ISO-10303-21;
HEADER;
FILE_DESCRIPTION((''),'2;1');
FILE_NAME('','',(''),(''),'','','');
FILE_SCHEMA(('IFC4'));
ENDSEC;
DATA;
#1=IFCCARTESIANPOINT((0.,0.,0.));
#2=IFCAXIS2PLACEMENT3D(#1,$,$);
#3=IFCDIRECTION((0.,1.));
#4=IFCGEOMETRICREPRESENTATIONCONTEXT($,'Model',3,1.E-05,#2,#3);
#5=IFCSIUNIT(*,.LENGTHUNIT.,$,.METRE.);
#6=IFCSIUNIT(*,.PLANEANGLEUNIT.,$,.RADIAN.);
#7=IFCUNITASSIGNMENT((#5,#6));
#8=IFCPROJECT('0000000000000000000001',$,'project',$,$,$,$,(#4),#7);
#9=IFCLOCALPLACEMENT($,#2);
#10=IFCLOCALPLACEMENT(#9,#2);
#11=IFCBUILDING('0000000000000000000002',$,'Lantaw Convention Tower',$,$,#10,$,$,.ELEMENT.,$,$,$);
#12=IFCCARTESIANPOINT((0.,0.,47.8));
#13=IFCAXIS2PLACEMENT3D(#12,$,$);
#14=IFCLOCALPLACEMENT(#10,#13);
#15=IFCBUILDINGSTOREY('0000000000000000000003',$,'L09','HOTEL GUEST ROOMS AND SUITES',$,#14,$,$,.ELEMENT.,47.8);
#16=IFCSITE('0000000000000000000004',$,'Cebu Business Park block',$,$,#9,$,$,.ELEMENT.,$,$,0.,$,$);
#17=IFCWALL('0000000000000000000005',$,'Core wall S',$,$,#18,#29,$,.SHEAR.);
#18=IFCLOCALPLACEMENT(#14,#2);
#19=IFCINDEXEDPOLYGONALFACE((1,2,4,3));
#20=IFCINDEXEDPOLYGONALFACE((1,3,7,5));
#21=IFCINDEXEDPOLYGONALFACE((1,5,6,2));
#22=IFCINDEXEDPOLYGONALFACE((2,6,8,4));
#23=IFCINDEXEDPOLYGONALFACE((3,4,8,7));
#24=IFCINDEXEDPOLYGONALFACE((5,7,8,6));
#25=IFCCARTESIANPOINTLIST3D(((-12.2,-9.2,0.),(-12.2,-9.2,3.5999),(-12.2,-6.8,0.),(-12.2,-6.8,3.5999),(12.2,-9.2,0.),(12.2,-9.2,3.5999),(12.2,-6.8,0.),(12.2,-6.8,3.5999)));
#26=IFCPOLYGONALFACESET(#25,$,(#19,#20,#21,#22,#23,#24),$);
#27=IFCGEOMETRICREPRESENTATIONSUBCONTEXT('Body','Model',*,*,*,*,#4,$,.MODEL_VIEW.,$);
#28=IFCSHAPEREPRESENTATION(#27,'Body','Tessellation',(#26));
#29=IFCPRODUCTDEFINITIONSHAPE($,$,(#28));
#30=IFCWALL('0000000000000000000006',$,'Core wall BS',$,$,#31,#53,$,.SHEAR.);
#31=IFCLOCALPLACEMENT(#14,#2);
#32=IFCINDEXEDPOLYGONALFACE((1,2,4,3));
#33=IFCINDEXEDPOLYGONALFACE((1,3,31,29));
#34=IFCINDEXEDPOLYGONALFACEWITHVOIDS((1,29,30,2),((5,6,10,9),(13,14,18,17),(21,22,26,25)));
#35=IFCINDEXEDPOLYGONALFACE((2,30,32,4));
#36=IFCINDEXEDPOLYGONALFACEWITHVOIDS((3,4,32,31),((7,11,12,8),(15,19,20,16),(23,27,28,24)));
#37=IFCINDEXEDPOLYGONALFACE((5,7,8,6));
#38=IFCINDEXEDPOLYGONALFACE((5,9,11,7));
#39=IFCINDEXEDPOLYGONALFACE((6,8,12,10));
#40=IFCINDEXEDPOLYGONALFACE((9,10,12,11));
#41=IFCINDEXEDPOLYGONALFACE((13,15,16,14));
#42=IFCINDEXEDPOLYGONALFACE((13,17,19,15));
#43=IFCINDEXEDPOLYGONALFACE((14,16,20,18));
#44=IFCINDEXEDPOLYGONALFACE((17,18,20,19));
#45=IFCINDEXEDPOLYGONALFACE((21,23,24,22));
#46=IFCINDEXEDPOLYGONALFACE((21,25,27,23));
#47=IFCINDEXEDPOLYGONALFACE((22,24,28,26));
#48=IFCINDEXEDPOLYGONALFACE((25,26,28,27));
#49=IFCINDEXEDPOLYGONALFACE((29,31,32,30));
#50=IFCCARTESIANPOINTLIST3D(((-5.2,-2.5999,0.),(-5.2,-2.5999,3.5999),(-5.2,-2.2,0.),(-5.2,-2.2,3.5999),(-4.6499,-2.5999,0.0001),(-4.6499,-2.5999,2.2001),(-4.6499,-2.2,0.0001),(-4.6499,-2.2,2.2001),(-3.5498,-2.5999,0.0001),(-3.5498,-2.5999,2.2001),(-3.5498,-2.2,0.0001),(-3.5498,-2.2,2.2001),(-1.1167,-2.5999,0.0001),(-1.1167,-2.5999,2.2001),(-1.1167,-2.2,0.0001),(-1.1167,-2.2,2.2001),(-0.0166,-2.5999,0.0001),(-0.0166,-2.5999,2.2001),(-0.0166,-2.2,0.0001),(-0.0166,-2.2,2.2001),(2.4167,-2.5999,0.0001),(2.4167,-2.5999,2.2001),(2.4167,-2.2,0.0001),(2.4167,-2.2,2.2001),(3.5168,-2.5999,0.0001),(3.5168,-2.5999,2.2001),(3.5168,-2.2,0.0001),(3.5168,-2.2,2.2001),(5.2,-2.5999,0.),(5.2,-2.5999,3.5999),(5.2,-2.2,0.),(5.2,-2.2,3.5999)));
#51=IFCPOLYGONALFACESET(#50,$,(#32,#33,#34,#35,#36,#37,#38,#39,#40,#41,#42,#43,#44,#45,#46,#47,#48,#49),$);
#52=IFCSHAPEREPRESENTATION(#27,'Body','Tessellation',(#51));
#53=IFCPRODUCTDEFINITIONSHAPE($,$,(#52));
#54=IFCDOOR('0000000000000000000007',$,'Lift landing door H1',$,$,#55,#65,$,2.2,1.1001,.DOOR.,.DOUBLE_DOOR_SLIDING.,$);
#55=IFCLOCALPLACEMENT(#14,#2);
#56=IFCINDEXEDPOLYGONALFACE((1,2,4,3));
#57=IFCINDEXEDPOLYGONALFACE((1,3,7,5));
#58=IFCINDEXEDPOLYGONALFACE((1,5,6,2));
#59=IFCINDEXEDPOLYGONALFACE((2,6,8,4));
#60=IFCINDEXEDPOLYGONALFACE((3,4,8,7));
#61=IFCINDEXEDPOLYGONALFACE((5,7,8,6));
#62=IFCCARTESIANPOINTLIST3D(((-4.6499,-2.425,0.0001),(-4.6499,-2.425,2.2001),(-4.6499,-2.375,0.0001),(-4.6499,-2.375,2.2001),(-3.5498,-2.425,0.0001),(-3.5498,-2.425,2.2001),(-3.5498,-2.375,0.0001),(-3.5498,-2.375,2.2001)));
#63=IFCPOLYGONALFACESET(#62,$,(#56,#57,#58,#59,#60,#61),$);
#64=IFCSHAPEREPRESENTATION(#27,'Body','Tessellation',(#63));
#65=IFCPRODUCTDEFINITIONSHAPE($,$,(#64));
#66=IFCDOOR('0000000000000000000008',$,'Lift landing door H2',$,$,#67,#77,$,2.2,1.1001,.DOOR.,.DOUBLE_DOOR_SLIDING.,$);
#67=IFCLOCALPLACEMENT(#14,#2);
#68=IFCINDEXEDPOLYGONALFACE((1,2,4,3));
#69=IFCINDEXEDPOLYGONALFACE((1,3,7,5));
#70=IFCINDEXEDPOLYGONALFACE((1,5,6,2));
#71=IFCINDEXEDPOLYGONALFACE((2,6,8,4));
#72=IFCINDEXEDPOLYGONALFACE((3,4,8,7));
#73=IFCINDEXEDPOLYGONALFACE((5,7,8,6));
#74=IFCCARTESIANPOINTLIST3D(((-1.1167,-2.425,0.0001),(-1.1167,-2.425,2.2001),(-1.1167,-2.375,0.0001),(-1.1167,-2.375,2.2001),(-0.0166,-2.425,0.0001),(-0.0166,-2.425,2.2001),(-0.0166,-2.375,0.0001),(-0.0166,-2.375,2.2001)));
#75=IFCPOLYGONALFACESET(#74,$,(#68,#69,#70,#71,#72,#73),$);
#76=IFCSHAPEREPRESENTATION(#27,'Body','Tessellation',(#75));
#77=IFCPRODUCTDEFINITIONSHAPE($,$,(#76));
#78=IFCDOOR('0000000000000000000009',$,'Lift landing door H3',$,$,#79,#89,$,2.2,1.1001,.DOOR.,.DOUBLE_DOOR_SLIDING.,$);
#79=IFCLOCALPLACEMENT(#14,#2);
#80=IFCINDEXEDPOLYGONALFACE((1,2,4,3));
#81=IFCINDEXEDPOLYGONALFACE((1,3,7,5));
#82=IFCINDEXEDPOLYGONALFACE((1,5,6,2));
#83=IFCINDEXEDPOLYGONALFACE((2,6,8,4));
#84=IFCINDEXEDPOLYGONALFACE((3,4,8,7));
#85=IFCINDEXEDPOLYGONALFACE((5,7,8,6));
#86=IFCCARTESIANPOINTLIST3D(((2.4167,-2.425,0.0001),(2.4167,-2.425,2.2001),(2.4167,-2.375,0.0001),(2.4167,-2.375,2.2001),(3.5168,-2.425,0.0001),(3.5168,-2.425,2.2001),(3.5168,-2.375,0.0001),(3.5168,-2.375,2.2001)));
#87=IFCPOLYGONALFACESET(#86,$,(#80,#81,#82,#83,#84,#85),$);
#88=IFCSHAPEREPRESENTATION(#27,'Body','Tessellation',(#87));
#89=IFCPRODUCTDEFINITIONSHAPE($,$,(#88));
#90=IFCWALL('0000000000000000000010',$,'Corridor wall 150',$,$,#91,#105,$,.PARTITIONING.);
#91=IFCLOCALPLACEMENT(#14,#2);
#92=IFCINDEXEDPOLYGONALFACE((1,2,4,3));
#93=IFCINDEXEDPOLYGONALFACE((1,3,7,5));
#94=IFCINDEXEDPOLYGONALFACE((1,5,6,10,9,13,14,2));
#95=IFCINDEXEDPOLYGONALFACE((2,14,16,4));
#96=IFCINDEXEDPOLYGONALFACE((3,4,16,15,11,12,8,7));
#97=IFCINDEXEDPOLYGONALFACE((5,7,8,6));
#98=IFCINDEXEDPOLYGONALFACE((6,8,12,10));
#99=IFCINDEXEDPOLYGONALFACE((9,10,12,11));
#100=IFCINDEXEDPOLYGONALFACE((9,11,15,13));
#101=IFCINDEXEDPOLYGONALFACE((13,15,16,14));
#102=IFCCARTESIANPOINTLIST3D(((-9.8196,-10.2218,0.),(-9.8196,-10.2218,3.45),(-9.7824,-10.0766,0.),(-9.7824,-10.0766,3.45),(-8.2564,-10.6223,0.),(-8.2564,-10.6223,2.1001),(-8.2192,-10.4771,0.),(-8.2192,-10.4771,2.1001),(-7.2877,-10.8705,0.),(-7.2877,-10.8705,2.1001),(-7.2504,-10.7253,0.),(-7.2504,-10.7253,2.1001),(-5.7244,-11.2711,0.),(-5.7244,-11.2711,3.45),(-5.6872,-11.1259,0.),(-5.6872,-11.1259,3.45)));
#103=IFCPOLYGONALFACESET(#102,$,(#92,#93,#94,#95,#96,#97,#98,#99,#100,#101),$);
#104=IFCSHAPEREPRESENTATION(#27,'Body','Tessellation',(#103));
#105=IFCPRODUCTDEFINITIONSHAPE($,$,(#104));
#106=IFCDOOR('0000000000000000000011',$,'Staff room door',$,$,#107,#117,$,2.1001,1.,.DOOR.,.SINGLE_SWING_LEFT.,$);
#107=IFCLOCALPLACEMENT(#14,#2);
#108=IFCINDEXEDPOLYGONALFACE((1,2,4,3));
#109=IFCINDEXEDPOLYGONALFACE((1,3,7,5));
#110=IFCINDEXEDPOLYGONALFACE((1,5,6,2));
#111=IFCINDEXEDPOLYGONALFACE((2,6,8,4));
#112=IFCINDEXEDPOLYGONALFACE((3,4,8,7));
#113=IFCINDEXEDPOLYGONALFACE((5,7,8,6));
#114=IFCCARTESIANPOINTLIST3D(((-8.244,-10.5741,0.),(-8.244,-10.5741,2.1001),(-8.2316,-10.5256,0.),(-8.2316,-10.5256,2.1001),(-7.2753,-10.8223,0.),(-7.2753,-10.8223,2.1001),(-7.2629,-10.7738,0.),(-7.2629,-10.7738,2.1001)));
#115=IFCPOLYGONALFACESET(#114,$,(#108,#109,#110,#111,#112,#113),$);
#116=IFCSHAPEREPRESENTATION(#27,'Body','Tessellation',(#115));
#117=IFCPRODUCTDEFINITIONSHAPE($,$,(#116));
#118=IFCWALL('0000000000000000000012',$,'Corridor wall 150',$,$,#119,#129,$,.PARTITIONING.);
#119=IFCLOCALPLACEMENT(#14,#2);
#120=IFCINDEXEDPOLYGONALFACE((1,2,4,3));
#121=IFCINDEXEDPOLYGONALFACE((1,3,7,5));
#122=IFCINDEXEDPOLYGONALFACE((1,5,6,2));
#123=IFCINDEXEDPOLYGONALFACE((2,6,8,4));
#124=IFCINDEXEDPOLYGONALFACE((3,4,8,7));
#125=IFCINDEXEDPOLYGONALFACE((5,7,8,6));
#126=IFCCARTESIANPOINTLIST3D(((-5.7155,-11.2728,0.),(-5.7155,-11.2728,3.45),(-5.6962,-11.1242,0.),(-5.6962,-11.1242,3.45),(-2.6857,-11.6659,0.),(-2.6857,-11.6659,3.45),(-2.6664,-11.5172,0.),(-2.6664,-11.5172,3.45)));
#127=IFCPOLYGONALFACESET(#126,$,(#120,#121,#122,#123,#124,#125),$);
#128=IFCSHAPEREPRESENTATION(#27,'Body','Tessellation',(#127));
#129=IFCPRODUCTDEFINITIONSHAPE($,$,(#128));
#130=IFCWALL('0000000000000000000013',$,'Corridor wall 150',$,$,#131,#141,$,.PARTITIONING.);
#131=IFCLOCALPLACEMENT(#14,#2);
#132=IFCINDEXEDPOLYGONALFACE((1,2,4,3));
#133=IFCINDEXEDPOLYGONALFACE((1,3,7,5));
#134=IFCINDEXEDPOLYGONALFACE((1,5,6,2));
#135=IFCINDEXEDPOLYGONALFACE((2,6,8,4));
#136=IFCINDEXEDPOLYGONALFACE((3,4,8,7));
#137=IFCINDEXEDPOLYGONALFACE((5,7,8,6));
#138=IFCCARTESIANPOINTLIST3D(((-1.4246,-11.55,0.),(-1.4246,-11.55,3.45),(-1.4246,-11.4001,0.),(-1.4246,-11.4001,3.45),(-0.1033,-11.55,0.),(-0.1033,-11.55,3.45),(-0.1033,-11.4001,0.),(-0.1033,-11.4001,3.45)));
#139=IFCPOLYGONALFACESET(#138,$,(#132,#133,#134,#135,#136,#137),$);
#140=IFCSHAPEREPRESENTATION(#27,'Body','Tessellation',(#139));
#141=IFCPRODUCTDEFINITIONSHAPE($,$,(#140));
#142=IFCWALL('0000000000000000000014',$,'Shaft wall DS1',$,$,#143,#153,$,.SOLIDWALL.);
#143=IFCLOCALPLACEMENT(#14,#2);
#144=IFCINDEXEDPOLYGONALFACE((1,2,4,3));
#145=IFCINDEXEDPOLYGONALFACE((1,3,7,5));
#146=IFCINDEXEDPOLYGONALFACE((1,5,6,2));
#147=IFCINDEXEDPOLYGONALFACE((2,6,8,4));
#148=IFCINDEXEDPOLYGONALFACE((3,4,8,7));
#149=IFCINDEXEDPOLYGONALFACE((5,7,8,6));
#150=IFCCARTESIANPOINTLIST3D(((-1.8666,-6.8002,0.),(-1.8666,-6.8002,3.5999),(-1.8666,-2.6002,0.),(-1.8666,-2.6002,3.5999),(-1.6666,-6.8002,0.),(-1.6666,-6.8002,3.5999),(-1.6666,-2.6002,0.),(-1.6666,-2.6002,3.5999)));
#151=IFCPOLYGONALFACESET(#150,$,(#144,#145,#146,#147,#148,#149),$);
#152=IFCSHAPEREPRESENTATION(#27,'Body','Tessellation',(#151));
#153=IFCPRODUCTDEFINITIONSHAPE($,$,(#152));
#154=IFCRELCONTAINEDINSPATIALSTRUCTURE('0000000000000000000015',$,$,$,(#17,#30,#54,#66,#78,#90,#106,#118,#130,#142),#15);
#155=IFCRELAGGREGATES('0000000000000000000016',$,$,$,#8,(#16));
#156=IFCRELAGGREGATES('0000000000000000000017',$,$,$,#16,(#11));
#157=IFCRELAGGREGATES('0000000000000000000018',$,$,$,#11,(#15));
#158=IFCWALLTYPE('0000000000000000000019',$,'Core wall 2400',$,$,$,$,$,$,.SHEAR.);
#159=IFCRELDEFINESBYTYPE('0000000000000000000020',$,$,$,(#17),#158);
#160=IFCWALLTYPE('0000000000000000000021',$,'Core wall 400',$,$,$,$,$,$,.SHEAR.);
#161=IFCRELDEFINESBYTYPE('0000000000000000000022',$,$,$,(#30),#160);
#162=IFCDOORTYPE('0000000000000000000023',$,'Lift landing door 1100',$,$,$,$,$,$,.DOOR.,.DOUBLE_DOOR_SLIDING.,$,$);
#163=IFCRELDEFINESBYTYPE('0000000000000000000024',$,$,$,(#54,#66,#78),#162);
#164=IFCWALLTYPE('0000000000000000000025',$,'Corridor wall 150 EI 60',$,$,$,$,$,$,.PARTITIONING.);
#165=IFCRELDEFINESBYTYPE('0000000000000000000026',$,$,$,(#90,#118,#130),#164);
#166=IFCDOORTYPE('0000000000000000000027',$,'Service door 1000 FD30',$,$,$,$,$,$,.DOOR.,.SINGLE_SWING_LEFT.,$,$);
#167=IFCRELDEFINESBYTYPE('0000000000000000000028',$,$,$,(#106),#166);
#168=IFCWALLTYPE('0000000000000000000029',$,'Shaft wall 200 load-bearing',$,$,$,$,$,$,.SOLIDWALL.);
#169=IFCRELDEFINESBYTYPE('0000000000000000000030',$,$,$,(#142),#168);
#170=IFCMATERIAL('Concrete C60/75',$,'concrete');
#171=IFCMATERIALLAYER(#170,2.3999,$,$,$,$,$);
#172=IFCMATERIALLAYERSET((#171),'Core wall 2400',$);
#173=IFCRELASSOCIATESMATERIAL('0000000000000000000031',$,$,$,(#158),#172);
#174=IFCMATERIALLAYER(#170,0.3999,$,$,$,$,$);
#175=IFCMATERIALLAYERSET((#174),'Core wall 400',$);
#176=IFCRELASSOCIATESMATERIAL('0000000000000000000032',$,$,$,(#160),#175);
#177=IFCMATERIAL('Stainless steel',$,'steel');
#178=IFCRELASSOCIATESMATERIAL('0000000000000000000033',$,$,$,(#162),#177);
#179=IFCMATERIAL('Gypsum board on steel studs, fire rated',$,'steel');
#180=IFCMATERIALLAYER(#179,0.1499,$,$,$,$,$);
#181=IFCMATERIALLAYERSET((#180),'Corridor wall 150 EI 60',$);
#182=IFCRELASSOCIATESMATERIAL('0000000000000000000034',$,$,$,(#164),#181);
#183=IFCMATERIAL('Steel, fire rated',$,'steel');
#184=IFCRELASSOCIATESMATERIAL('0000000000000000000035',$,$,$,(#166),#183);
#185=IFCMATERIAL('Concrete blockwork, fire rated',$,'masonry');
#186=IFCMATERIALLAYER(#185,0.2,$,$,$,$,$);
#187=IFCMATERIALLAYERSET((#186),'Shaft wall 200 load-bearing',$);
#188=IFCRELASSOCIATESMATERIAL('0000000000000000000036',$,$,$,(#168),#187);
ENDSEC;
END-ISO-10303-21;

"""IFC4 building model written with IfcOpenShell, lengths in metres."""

from ifc_helpers import new_model, si_unit, direction, frame, frame_2d, origin, place, context, subcontext, project, spatial, rectangle, extrude, material, layer, layer_set, type_object, element, fill, save


model = new_model("IFC4")

# Units and contexts
model_context = context("Model", 3, precision=1e-05, world=origin(), true_north=direction((0.0, 1.0)))
body_context = subcontext(model_context, "Body", "Model", "MODEL_VIEW")
ifc_project = project(units=[si_unit("LENGTHUNIT", "METRE"), si_unit("PLANEANGLEUNIT", "RADIAN")], contexts=[model_context])

# Site, building, storey
site_placement = place(None, origin())
site = spatial("IfcSite", under=ifc_project, at=site_placement, Name="Cebu Business Park block", CompositionType="ELEMENT", RefElevation=0.0)
building_placement = place(site_placement, origin())
building = spatial("IfcBuilding", under=site, at=building_placement, Name="Lantaw Convention Tower", CompositionType="ELEMENT")
storey_placement = place(building_placement, frame((0.0, 0.0, 47.8)))
storey = spatial("IfcBuildingStorey", under=building, at=storey_placement, Name="L09", Description="HOTEL GUEST ROOMS AND SUITES", CompositionType="ELEMENT", Elevation=47.8)

# Shared definitions
ifc_material_1 = material(Name="Concrete C60/75", Category="concrete")
ifc_material_2 = material(Name="Steel, fire rated", Category="steel")

# Wall
ifc_layer_1 = layer(ifc_material_1, 2.3999)
ifc_layer_set_1 = layer_set([ifc_layer_1], Name="Core wall 2400")
wall_type_1 = type_object("IfcWallType", Name="Core wall 2400", PredefinedType="SHEAR", material=ifc_layer_set_1)
wall_1_placement = place(storey_placement, frame((-12.2, -8.0, 0.0), z_axis=(0.0, 0.0, 1.0), x_axis=(1.0, 0.0, 0.0)))
element("IfcWall", 1, at=wall_1_placement, inside=storey, type_object=wall_type_1, Name="Core wall S", PredefinedType="SHEAR", context=body_context, shape_type="SweptSolid", body=[
    extrude(rectangle(XDim=24.3999, YDim=2.3999, at=frame_2d((12.2, 0.0))), origin(), (0.0, 0.0, 1.0), 3.5999),
])

# Wall, openings, doors
ifc_layer_2 = layer(ifc_material_1, 0.3999)
ifc_layer_set_2 = layer_set([ifc_layer_2], Name="Core wall 400")
wall_type_2 = type_object("IfcWallType", Name="Core wall 400", PredefinedType="SHEAR", material=ifc_layer_set_2)
wall_2_placement = place(storey_placement, frame((-5.2, -2.3999, 0.0), z_axis=(0.0, 0.0, 1.0), x_axis=(1.0, 0.0, 0.0)))
wall_2 = element("IfcWall", 2, at=wall_2_placement, inside=storey, type_object=wall_type_2, Name="Core wall BS", PredefinedType="SHEAR", context=body_context, shape_type="SweptSolid", body=[
    extrude(rectangle(XDim=10.3999, YDim=0.3999, at=frame_2d((5.2, 0.0))), origin(), (0.0, 0.0, 1.0), 3.5999),
])
opening_1_placement = place(wall_2_placement, frame((0.55, 0.0, 0.0)))
opening_1 = element("IfcOpeningElement", 3, at=opening_1_placement, cuts=wall_2, PredefinedType="OPENING", context=body_context, shape_type="SweptSolid", body=[
    extrude(rectangle(XDim=1.1001, YDim=2.2, at=frame_2d((0.55, 1.1001))), frame((0.0, 0.21, 0.0), z_axis=(0.0, -1.0, 0.0), x_axis=(1.0, 0.0, 0.0)), (0.0, 0.0, 1.0), 0.4199),
])
opening_2_placement = place(wall_2_placement, frame((4.0833, 0.0, 0.0)))
opening_2 = element("IfcOpeningElement", 4, at=opening_2_placement, cuts=wall_2, PredefinedType="OPENING", context=body_context, shape_type="SweptSolid", body=[
    extrude(rectangle(XDim=1.1001, YDim=2.2, at=frame_2d((0.55, 1.1001))), frame((0.0, 0.21, 0.0), z_axis=(0.0, -1.0, 0.0), x_axis=(1.0, 0.0, 0.0)), (0.0, 0.0, 1.0), 0.4199),
])
opening_3_placement = place(wall_2_placement, frame((7.6167, 0.0, 0.0)))
opening_3 = element("IfcOpeningElement", 5, at=opening_3_placement, cuts=wall_2, PredefinedType="OPENING", context=body_context, shape_type="SweptSolid", body=[
    extrude(rectangle(XDim=1.1001, YDim=2.2, at=frame_2d((0.55, 1.1001))), frame((0.0, 0.21, 0.0), z_axis=(0.0, -1.0, 0.0), x_axis=(1.0, 0.0, 0.0)), (0.0, 0.0, 1.0), 0.4199),
])
ifc_material_3 = material(Name="Stainless steel", Category="steel")
door_type_1 = type_object("IfcDoorType", Name="Lift landing door 1100", OperationType="DOUBLE_DOOR_SLIDING", PredefinedType="DOOR", material=ifc_material_3)
door_1_placement = place(opening_1_placement, origin())
door_1 = element("IfcDoor", 6, at=door_1_placement, inside=storey, type_object=door_type_1, Name="Lift landing door H1", OperationType="DOUBLE_DOOR_SLIDING", OverallHeight=2.2, OverallWidth=1.1001, PredefinedType="DOOR", context=body_context, shape_type="SweptSolid", body=[
    extrude(rectangle(XDim=1.1001, YDim=2.2, at=frame_2d((0.55, 1.1001))), frame((0.0, 0.0249, 0.0), z_axis=(0.0, -1.0, 0.0), x_axis=(1.0, 0.0, 0.0)), (0.0, 0.0, 1.0), 0.05),
])
fill(opening_1, door_1)
door_2_placement = place(opening_2_placement, origin())
door_2 = element("IfcDoor", 7, at=door_2_placement, inside=storey, type_object=door_type_1, Name="Lift landing door H2", OperationType="DOUBLE_DOOR_SLIDING", OverallHeight=2.2, OverallWidth=1.1001, PredefinedType="DOOR", context=body_context, shape_type="SweptSolid", body=[
    extrude(rectangle(XDim=1.1001, YDim=2.2, at=frame_2d((0.55, 1.1001))), frame((0.0, 0.0249, 0.0), z_axis=(0.0, -1.0, 0.0), x_axis=(1.0, 0.0, 0.0)), (0.0, 0.0, 1.0), 0.05),
])
fill(opening_2, door_2)
door_3_placement = place(opening_3_placement, origin())
door_3 = element("IfcDoor", 8, at=door_3_placement, inside=storey, type_object=door_type_1, Name="Lift landing door H3", OperationType="DOUBLE_DOOR_SLIDING", OverallHeight=2.2, OverallWidth=1.1001, PredefinedType="DOOR", context=body_context, shape_type="SweptSolid", body=[
    extrude(rectangle(XDim=1.1001, YDim=2.2, at=frame_2d((0.55, 1.1001))), frame((0.0, 0.0249, 0.0), z_axis=(0.0, -1.0, 0.0), x_axis=(1.0, 0.0, 0.0)), (0.0, 0.0, 1.0), 0.05),
])
fill(opening_3, door_3)

# Wall, opening, door
ifc_material_4 = material(Name="Gypsum board on steel studs, fire rated", Category="steel")
ifc_layer_3 = layer(ifc_material_4, 0.1499)
ifc_layer_set_3 = layer_set([ifc_layer_3], Name="Corridor wall 150 EI 60")
wall_type_3 = type_object("IfcWallType", Name="Corridor wall 150 EI 60", PredefinedType="PARTITIONING", material=ifc_layer_set_3)
wall_3_placement = place(storey_placement, frame((-9.801, -10.1492, 0.0), z_axis=(0.0, 0.0, 1.0), x_axis=(0.968706, -0.248211, 0.0)))
wall_3 = element("IfcWall", 9, at=wall_3_placement, inside=storey, type_object=wall_type_3, Name="Corridor wall 150", PredefinedType="PARTITIONING", context=body_context, shape_type="SweptSolid", body=[
    extrude(rectangle(XDim=4.2275, YDim=0.1499, at=frame_2d((2.1138, 0.0))), origin(), (0.0, 0.0, 1.0), 3.45),
])
opening_4_placement = place(wall_3_placement, frame((1.6138, 0.0, 0.0)))
opening_4 = element("IfcOpeningElement", 10, at=opening_4_placement, cuts=wall_3, PredefinedType="OPENING", context=body_context, shape_type="SweptSolid", body=[
    extrude(rectangle(XDim=1.0, YDim=2.1001, at=frame_2d((0.5, 1.05))), frame((0.0, 0.085, 0.0), z_axis=(0.0, -1.0, 0.0), x_axis=(1.0, 0.0, 0.0)), (0.0, 0.0, 1.0), 0.1699),
])
door_type_2 = type_object("IfcDoorType", Name="Service door 1000 FD30", OperationType="SINGLE_SWING_LEFT", PredefinedType="DOOR", material=ifc_material_2)
door_4_placement = place(opening_4_placement, origin())
door_4 = element("IfcDoor", 11, at=door_4_placement, inside=storey, type_object=door_type_2, Name="Staff room door", OperationType="SINGLE_SWING_LEFT", OverallHeight=2.1001, OverallWidth=1.0, PredefinedType="DOOR", context=body_context, shape_type="SweptSolid", body=[
    extrude(rectangle(XDim=1.0, YDim=2.1001, at=frame_2d((0.5, 1.05))), frame((0.0, 0.0249, 0.0), z_axis=(0.0, -1.0, 0.0), x_axis=(1.0, 0.0, 0.0)), (0.0, 0.0, 1.0), 0.05),
])
fill(opening_4, door_4)

# Walls
wall_4_placement = place(storey_placement, frame((-5.7058, -11.1985, 0.0), z_axis=(0.0, 0.0, 1.0), x_axis=(0.991689, -0.128656, 0.0)))
element("IfcWall", 12, at=wall_4_placement, inside=storey, type_object=wall_type_3, Name="Corridor wall 150", PredefinedType="PARTITIONING", context=body_context, shape_type="SweptSolid", body=[
    extrude(rectangle(XDim=3.0552, YDim=0.1499, at=frame_2d((1.5276, 0.0))), origin(), (0.0, 0.0, 1.0), 3.45),
])
wall_5_placement = place(storey_placement, frame((-1.4246, -11.4751, 0.0), z_axis=(0.0, 0.0, 1.0), x_axis=(1.0, 0.0, 0.0)))
element("IfcWall", 13, at=wall_5_placement, inside=storey, type_object=wall_type_3, Name="Corridor wall 150", PredefinedType="PARTITIONING", context=body_context, shape_type="SweptSolid", body=[
    extrude(rectangle(XDim=1.3213, YDim=0.1499, at=frame_2d((0.6606, 0.0))), origin(), (0.0, 0.0, 1.0), 3.45),
])
ifc_material_5 = material(Name="Concrete blockwork, fire rated", Category="masonry")
ifc_layer_4 = layer(ifc_material_5, 0.2)
ifc_layer_set_4 = layer_set([ifc_layer_4], Name="Shaft wall 200 load-bearing")
wall_type_4 = type_object("IfcWallType", Name="Shaft wall 200 load-bearing", PredefinedType="SOLIDWALL", material=ifc_layer_set_4)
wall_6_placement = place(storey_placement, frame((-1.7666, -2.6001, 0.0), z_axis=(0.0, 0.0, 1.0), x_axis=(0.0, -1.0, 0.0)))
element("IfcWall", 14, at=wall_6_placement, inside=storey, type_object=wall_type_4, Name="Shaft wall DS1", PredefinedType="SOLIDWALL", context=body_context, shape_type="SweptSolid", body=[
    extrude(rectangle(XDim=4.2, YDim=0.2, at=frame_2d((2.1001, 0.0))), origin(), (0.0, 0.0, 1.0), 3.5999),
])

save(model, "model.ifc")
